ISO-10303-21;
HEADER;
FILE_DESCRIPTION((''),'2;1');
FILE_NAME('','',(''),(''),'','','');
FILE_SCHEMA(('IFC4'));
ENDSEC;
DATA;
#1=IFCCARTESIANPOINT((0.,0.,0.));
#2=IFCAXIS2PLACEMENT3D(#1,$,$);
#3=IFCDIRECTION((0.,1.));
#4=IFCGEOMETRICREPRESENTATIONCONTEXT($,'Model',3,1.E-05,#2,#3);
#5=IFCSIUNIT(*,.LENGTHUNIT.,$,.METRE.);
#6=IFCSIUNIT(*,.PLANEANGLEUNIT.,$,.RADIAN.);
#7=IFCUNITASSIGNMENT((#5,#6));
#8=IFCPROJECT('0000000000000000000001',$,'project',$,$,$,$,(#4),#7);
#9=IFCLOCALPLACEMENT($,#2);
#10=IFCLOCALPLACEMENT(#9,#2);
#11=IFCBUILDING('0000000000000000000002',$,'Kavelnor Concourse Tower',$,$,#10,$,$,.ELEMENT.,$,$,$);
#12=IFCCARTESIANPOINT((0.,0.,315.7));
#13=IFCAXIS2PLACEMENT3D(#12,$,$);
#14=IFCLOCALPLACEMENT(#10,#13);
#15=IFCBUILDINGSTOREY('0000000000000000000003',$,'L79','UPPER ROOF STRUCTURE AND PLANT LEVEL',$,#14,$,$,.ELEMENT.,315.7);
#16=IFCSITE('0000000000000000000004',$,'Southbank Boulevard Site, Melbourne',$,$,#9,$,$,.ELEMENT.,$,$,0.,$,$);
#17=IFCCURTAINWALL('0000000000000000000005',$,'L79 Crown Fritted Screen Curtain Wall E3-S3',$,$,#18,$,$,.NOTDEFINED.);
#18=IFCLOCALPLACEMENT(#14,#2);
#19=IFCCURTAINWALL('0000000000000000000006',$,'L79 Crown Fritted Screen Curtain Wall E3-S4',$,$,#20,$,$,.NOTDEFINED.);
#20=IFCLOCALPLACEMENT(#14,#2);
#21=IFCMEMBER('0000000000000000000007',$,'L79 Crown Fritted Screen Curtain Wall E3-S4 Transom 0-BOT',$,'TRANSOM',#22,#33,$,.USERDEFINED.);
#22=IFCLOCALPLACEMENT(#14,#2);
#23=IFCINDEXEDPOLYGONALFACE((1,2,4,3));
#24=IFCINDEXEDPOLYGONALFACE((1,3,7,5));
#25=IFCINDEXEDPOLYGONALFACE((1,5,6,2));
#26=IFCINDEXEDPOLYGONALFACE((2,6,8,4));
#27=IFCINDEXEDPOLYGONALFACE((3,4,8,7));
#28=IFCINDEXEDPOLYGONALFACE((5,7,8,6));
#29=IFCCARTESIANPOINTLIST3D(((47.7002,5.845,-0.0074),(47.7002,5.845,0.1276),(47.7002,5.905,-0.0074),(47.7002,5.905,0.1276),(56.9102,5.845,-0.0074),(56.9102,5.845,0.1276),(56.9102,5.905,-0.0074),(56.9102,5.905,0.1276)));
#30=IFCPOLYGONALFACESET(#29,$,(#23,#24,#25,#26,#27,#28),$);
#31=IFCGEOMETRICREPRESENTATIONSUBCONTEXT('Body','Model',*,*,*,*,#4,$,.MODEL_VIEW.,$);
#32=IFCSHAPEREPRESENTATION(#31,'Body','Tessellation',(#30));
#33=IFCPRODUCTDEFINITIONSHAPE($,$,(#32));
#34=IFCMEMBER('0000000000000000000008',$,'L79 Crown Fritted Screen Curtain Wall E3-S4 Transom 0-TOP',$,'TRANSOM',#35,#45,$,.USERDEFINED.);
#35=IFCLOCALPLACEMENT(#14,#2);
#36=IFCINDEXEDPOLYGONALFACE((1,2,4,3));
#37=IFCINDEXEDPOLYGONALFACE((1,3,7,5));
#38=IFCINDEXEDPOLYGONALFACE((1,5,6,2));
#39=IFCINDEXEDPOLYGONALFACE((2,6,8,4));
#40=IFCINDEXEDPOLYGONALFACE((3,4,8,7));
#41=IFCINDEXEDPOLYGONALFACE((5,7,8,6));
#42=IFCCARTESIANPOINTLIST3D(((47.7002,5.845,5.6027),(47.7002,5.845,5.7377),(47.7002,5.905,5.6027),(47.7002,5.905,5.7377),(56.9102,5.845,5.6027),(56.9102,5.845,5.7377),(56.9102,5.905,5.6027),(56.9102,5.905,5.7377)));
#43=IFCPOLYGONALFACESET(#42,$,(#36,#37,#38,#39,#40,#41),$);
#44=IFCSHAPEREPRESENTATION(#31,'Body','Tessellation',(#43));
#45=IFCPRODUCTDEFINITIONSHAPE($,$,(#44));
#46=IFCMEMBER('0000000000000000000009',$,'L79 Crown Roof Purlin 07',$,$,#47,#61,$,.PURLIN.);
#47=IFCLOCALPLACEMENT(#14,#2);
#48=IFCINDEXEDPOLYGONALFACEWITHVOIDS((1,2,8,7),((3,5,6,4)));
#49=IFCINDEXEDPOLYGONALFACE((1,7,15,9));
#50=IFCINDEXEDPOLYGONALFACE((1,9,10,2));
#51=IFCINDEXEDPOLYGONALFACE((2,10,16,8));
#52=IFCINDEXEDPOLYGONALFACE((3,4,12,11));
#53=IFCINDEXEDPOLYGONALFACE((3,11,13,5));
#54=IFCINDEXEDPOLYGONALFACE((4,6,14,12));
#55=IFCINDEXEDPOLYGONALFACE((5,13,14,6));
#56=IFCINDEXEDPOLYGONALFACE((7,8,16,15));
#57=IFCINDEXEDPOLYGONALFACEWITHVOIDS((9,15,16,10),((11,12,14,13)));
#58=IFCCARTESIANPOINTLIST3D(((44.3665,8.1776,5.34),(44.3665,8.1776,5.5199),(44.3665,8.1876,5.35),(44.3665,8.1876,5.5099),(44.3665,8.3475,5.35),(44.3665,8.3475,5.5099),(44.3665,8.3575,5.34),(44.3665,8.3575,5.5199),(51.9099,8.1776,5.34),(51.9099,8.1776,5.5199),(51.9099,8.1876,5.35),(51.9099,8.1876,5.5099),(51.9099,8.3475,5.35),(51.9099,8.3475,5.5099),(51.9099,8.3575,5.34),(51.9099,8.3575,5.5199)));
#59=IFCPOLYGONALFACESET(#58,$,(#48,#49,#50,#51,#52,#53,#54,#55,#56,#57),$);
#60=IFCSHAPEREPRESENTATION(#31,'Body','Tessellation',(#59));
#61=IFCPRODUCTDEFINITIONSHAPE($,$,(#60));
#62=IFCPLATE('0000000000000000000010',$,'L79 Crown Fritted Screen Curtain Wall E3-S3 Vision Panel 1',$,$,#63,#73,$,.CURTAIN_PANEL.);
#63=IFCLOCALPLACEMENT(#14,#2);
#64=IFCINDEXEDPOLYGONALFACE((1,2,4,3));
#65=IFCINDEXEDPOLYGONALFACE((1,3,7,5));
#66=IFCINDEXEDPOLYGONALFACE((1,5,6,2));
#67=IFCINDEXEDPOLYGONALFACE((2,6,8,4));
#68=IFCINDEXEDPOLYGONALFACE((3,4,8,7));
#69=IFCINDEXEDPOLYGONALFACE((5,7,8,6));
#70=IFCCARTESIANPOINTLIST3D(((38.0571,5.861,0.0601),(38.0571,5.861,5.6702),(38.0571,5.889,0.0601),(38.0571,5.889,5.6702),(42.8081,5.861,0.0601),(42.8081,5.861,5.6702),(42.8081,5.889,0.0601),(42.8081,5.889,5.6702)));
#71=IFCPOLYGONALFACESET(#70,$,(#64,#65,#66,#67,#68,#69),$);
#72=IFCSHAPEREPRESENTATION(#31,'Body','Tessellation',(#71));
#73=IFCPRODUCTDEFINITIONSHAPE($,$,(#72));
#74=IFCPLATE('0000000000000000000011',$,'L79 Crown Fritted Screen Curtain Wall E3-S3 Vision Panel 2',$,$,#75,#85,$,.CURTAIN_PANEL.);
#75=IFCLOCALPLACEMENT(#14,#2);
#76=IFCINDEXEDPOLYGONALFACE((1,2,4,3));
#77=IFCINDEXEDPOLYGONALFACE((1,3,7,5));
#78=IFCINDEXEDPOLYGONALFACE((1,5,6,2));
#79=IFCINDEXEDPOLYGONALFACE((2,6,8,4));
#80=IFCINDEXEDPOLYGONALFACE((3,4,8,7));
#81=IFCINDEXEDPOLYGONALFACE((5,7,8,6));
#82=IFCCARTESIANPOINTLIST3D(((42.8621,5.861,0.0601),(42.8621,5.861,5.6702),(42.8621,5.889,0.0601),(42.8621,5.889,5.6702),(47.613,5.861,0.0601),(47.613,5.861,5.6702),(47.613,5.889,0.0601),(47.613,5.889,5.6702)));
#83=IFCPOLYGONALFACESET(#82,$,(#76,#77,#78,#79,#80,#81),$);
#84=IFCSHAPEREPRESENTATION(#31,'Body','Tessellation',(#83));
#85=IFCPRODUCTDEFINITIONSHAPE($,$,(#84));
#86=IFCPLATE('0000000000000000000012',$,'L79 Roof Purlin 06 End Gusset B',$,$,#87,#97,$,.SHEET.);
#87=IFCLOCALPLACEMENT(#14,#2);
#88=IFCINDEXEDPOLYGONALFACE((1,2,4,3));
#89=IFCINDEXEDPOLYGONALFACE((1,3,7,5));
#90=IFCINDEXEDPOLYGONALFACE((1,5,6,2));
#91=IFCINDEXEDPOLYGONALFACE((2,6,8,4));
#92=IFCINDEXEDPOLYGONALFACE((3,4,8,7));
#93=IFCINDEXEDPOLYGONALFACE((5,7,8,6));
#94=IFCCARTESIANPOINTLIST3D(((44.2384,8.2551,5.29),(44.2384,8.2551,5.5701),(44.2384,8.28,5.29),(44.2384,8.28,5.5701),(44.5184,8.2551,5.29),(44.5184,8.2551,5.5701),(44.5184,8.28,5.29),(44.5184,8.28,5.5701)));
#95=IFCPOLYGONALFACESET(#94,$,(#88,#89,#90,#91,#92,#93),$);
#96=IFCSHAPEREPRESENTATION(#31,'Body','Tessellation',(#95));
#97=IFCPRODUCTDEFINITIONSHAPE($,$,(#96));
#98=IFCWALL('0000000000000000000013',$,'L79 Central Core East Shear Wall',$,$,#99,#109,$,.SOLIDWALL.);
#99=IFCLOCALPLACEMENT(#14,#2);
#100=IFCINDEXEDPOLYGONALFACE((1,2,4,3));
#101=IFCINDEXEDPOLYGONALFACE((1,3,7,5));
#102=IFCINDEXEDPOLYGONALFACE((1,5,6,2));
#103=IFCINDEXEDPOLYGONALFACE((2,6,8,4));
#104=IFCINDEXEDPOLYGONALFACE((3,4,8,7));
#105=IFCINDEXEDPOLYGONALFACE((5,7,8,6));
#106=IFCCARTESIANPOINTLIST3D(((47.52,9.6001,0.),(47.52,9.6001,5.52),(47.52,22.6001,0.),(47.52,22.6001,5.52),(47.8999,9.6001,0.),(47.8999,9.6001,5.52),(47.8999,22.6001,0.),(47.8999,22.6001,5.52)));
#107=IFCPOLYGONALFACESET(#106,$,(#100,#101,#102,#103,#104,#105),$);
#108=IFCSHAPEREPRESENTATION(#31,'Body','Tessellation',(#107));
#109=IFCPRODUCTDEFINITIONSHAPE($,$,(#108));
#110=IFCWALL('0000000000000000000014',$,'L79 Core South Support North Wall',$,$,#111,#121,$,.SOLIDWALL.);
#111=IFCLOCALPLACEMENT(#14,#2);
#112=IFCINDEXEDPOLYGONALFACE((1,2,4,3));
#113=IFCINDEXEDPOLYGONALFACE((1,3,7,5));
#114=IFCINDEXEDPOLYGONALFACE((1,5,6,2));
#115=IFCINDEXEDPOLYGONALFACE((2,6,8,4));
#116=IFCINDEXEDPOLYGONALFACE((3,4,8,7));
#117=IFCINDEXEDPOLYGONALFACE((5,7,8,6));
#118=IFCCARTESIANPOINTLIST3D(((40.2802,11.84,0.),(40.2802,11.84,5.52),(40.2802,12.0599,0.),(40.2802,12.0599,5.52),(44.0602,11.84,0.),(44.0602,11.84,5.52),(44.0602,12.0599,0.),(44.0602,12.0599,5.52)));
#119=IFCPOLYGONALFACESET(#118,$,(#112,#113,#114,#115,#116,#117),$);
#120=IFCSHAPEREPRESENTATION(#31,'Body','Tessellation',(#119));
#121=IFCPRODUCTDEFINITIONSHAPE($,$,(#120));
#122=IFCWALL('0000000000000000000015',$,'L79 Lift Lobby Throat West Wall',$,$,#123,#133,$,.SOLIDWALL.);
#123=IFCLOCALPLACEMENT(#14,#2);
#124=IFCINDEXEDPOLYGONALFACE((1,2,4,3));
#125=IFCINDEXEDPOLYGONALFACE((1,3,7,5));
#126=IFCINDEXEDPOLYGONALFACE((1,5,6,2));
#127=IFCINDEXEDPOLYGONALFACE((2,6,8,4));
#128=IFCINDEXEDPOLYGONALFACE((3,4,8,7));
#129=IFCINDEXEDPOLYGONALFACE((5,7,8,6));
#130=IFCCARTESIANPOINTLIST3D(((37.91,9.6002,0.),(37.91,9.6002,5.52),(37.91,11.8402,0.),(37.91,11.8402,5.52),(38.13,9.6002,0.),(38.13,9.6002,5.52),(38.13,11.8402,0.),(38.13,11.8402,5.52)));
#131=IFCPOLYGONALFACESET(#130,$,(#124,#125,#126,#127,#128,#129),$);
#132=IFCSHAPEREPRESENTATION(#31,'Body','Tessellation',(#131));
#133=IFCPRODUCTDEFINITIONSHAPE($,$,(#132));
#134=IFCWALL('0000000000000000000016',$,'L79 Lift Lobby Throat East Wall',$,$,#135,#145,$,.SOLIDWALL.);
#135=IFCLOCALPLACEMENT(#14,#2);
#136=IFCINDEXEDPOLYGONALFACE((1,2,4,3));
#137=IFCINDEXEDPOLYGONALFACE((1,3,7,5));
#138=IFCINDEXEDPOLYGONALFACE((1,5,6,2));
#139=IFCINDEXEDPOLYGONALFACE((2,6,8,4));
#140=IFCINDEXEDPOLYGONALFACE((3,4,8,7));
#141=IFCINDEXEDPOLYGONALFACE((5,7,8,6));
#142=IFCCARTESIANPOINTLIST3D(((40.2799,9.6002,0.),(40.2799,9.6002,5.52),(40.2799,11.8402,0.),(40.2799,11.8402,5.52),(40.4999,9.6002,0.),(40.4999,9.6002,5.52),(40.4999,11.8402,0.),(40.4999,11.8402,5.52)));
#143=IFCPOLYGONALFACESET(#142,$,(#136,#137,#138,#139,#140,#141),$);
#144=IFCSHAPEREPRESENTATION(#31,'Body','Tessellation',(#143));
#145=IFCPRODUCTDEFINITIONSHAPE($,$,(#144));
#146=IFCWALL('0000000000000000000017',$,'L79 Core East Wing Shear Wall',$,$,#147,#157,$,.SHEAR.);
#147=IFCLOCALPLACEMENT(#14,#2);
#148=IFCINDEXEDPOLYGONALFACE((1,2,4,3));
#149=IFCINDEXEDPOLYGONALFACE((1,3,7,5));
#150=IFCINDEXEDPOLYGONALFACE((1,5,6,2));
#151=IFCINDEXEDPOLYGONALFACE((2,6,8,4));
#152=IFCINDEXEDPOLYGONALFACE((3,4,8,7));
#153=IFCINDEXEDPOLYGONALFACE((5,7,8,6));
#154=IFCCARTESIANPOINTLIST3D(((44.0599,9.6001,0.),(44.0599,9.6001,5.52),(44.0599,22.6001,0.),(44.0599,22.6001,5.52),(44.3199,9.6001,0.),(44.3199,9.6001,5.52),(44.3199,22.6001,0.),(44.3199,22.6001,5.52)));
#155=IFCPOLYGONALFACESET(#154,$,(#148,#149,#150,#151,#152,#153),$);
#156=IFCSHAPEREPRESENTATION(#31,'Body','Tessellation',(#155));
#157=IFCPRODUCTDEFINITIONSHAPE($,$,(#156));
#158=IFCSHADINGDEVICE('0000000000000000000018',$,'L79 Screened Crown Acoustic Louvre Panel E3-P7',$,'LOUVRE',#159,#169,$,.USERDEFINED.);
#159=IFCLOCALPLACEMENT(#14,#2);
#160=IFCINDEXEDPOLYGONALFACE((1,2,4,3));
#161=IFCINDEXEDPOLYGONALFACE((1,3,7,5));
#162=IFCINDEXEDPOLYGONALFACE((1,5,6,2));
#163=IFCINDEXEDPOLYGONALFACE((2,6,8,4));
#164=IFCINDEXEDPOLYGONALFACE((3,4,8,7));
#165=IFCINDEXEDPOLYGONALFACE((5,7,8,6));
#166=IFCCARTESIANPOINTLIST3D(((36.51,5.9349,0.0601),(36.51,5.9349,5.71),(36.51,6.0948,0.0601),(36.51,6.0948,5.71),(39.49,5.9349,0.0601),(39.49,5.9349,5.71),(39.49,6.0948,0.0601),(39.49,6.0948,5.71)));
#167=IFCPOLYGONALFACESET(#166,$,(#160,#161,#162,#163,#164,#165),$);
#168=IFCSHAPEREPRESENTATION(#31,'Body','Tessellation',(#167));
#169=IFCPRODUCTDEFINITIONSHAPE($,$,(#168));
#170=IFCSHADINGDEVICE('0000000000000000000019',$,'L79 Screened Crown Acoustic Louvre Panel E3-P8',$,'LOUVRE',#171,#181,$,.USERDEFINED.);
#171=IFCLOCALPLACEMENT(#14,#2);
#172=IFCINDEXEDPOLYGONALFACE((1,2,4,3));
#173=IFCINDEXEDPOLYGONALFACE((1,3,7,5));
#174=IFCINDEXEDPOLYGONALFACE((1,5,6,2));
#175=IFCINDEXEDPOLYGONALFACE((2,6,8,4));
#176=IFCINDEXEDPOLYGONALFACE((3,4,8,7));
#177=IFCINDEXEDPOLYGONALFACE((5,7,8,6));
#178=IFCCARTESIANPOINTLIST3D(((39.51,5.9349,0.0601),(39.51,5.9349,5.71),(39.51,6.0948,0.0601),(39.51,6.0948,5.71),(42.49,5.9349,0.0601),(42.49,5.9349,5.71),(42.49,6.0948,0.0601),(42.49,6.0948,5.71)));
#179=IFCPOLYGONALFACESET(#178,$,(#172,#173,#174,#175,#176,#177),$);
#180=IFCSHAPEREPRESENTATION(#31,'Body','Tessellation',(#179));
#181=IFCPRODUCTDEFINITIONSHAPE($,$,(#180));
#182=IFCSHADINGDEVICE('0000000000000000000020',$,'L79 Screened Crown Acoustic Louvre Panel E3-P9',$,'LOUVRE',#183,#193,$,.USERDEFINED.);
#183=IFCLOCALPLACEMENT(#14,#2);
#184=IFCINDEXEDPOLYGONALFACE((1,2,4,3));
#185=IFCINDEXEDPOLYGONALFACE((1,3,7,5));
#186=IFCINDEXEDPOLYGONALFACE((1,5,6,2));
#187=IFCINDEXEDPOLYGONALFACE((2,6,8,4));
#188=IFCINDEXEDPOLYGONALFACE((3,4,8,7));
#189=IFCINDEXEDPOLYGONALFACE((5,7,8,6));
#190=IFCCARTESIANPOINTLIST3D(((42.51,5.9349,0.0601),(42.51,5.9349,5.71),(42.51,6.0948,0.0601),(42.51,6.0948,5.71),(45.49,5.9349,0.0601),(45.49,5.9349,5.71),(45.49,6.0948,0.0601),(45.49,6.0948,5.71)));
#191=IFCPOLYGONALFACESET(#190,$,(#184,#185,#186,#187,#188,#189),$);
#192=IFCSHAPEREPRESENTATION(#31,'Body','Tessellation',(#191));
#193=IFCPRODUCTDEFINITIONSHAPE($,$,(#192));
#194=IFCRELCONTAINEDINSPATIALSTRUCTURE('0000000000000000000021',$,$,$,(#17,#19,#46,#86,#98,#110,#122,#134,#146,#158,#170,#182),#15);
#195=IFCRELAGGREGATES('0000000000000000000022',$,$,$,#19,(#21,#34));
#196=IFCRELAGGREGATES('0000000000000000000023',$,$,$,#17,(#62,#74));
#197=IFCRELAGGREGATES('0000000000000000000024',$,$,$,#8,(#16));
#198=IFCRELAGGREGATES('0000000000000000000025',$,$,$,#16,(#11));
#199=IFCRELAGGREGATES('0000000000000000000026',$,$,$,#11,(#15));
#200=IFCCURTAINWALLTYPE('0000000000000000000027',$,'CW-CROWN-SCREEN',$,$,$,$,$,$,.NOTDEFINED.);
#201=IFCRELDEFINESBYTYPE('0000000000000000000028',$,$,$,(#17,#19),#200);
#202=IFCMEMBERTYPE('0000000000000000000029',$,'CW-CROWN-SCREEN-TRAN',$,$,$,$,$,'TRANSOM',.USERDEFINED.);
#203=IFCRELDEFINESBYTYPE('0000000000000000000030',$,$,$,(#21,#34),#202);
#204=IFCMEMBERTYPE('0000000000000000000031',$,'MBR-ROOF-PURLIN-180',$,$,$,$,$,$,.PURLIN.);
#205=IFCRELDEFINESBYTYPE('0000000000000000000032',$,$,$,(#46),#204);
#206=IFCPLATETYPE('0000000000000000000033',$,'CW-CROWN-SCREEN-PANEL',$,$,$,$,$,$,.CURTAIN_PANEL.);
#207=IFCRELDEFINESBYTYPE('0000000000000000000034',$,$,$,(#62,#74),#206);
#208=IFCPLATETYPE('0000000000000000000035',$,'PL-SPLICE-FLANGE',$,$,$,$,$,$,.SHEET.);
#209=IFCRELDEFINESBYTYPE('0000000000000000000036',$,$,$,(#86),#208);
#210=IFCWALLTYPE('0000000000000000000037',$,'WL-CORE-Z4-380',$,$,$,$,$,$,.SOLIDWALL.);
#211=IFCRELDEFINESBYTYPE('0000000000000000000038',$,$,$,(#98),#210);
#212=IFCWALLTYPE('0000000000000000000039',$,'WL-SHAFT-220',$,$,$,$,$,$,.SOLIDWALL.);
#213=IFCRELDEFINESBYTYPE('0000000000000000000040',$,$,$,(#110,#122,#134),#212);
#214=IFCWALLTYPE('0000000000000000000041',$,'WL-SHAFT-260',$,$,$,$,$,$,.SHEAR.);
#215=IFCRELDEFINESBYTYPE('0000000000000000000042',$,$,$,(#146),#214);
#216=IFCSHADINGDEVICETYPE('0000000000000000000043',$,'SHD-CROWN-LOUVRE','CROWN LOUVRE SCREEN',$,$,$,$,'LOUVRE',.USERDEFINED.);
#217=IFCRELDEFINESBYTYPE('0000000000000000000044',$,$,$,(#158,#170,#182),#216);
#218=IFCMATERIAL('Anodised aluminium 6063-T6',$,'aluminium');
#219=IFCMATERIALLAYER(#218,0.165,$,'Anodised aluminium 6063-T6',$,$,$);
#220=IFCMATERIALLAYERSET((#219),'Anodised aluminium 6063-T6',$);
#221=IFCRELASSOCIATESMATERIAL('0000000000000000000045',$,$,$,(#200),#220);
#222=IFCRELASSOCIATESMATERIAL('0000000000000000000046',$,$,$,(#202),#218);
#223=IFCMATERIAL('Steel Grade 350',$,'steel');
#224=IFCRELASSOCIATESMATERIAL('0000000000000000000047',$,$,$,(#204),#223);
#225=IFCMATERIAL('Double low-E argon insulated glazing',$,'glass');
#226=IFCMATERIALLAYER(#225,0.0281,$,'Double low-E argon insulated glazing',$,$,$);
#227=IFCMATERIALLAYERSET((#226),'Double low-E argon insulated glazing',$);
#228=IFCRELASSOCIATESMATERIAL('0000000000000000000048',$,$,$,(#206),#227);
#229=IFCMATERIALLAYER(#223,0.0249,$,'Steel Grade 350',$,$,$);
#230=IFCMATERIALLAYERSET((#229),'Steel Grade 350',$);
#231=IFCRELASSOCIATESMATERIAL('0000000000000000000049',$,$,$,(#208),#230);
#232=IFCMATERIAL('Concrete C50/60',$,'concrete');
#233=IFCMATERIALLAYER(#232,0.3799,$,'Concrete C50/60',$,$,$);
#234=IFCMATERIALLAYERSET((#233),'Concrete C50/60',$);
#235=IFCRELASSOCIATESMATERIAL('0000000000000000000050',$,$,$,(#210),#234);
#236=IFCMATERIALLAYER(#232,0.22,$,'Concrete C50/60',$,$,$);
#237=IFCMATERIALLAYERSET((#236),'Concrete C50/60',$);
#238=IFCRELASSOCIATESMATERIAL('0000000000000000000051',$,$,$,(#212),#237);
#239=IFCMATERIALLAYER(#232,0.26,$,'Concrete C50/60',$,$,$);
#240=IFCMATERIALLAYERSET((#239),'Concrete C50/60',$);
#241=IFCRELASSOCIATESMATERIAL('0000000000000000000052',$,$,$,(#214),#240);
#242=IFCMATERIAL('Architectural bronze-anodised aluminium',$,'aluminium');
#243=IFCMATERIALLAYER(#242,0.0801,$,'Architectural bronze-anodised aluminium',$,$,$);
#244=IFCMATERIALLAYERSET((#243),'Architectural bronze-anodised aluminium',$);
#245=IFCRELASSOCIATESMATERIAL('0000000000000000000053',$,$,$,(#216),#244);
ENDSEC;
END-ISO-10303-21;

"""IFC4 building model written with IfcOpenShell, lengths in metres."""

from ifc_helpers import new_model, si_unit, direction, frame, frame_2d, origin, origin_2d, place, context, subcontext, project, spatial, rectangle, hollow_rectangle, extrude, material, layer, layer_set, material_profile, profile_set, type_object, element, aggregate, save


model = new_model("IFC4")

# Units and contexts
model_context = context("Model", 3, precision=1e-05, world=origin(), true_north=direction((0.0, 1.0)))
body_context = subcontext(model_context, "Body", "Model", "MODEL_VIEW")
ifc_project = project(units=[si_unit("LENGTHUNIT", "METRE"), si_unit("PLANEANGLEUNIT", "RADIAN")], contexts=[model_context])

# Site, building, storey
site_placement = place(None, origin())
site = spatial("IfcSite", under=ifc_project, at=site_placement, Name="Southbank Boulevard Site, Melbourne", CompositionType="ELEMENT", RefElevation=0.0)
building_placement = place(site_placement, origin())
building = spatial("IfcBuilding", under=site, at=building_placement, Name="Kavelnor Concourse Tower", CompositionType="ELEMENT")
storey_placement = place(building_placement, frame((0.0, 0.0, 315.7)))
storey = spatial("IfcBuildingStorey", under=building, at=storey_placement, Name="L79", Description="UPPER ROOF STRUCTURE AND PLANT LEVEL", CompositionType="ELEMENT", Elevation=315.7)

# Shared definitions
ifc_material_1 = material(Name="Steel Grade 350", Category="steel")

# Curtain wall
ifc_material_2 = material(Name="Anodised aluminium 6063-T6", Category="aluminium")
ifc_layer_1 = layer(ifc_material_2, 0.165, Name="Anodised aluminium 6063-T6")
ifc_layer_set_1 = layer_set([ifc_layer_1], Name="Anodised aluminium 6063-T6")
curtain_wall_type = type_object("IfcCurtainWallType", Name="CW-CROWN-SCREEN", PredefinedType="NOTDEFINED", material=ifc_layer_set_1)
curtain_wall_1_placement = place(storey_placement, origin())
curtain_wall_1 = element("IfcCurtainWall", 1, at=curtain_wall_1_placement, inside=storey, type_object=curtain_wall_type, Name="L79 Crown Fritted Screen Curtain Wall E3-S3", PredefinedType="NOTDEFINED")

# Curtain wall
curtain_wall_2_placement = place(storey_placement, origin())
curtain_wall_2 = element("IfcCurtainWall", 2, at=curtain_wall_2_placement, inside=storey, type_object=curtain_wall_type, Name="L79 Crown Fritted Screen Curtain Wall E3-S4", PredefinedType="NOTDEFINED")

# Members
ifc_material_profile_1 = material_profile(ifc_material_2, rectangle(XDim=0.0601, YDim=0.135, at=origin_2d()), Name="AL-TRAN 60x135")
ifc_profile_set_1 = profile_set([ifc_material_profile_1], Name="Anodised aluminium 6063-T6")
member_type_1 = type_object("IfcMemberType", Name="CW-CROWN-SCREEN-TRAN", ElementType="TRANSOM", PredefinedType="USERDEFINED", material=ifc_profile_set_1)
member_1_placement = place(storey_placement, frame((47.7002, 5.875, 0.0601), z_axis=(1.0, 0.0, 0.0), x_axis=(0.0, 1.0, 0.0)))
member_1 = element("IfcMember", 3, at=member_1_placement, type_object=member_type_1, Name="L79 Crown Fritted Screen Curtain Wall E3-S4 Transom 0-BOT", ObjectType="TRANSOM", PredefinedType="USERDEFINED", context=body_context, shape_type="SweptSolid", body=[
    extrude(rectangle(XDim=0.0601, YDim=0.135, at=origin_2d()), origin(), (0.0, 0.0, 1.0), 9.21),
])
member_2_placement = place(storey_placement, frame((47.7002, 5.875, 5.6702), z_axis=(1.0, 0.0, 0.0), x_axis=(0.0, 1.0, 0.0)))
member_2 = element("IfcMember", 4, at=member_2_placement, type_object=member_type_1, Name="L79 Crown Fritted Screen Curtain Wall E3-S4 Transom 0-TOP", ObjectType="TRANSOM", PredefinedType="USERDEFINED", context=body_context, shape_type="SweptSolid", body=[
    extrude(rectangle(XDim=0.0601, YDim=0.135, at=origin_2d()), origin(), (0.0, 0.0, 1.0), 9.21),
])
aggregate(curtain_wall_2, [member_1, member_2])
ifc_material_profile_2 = material_profile(ifc_material_1, hollow_rectangle(XDim=0.1799, YDim=0.1799, WallThickness=0.01, at=origin_2d()), Name="SHS 180x180x10")
ifc_profile_set_2 = profile_set([ifc_material_profile_2], Name="Steel Grade 350")
member_type_2 = type_object("IfcMemberType", Name="MBR-ROOF-PURLIN-180", PredefinedType="PURLIN", material=ifc_profile_set_2)
member_3_placement = place(storey_placement, frame((44.3665, 8.2676, 5.4299), z_axis=(1.0, 0.0, 0.0), x_axis=(0.0, 1.0, 0.0)))
element("IfcMember", 5, at=member_3_placement, inside=storey, type_object=member_type_2, Name="L79 Crown Roof Purlin 07", PredefinedType="PURLIN", context=body_context, shape_type="SweptSolid", body=[
    extrude(hollow_rectangle(XDim=0.1799, YDim=0.1799, WallThickness=0.01, at=origin_2d()), origin(), (0.0, 0.0, 1.0), 7.5435),
])

# Plates
ifc_material_3 = material(Name="Double low-E argon insulated glazing", Category="glass")
ifc_layer_2 = layer(ifc_material_3, 0.0281, Name="Double low-E argon insulated glazing")
ifc_layer_set_2 = layer_set([ifc_layer_2], Name="Double low-E argon insulated glazing")
plate_type_1 = type_object("IfcPlateType", Name="CW-CROWN-SCREEN-PANEL", PredefinedType="CURTAIN_PANEL", material=ifc_layer_set_2)
plate_1_placement = place(storey_placement, frame((40.4326, 5.875, 0.0601), z_axis=(0.0, 0.0, 1.0), x_axis=(1.0, 0.0, 0.0)))
plate_1 = element("IfcPlate", 6, at=plate_1_placement, type_object=plate_type_1, Name="L79 Crown Fritted Screen Curtain Wall E3-S3 Vision Panel 1", PredefinedType="CURTAIN_PANEL", context=body_context, shape_type="SweptSolid", body=[
    extrude(rectangle(XDim=4.751, YDim=0.0281, at=origin_2d()), origin(), (0.0, 0.0, 1.0), 5.6101),
])
plate_2_placement = place(storey_placement, frame((45.2375, 5.875, 0.0601), z_axis=(0.0, 0.0, 1.0), x_axis=(1.0, 0.0, 0.0)))
plate_2 = element("IfcPlate", 7, at=plate_2_placement, type_object=plate_type_1, Name="L79 Crown Fritted Screen Curtain Wall E3-S3 Vision Panel 2", PredefinedType="CURTAIN_PANEL", context=body_context, shape_type="SweptSolid", body=[
    extrude(rectangle(XDim=4.751, YDim=0.0281, at=origin_2d()), origin(), (0.0, 0.0, 1.0), 5.6101),
])
aggregate(curtain_wall_1, [plate_1, plate_2])
ifc_layer_3 = layer(ifc_material_1, 0.0249, Name="Steel Grade 350")
ifc_layer_set_3 = layer_set([ifc_layer_3], Name="Steel Grade 350")
plate_type_2 = type_object("IfcPlateType", Name="PL-SPLICE-FLANGE", PredefinedType="SHEET", material=ifc_layer_set_3)
plate_3_placement = place(storey_placement, frame((44.3784, 8.2676, 5.29), z_axis=(0.0, 0.0, 1.0), x_axis=(1.0, 0.0, 0.0)))
element("IfcPlate", 8, at=plate_3_placement, inside=storey, type_object=plate_type_2, Name="L79 Roof Purlin 06 End Gusset B", PredefinedType="SHEET", context=body_context, shape_type="SweptSolid", body=[
    extrude(rectangle(XDim=0.28, YDim=0.0249, at=origin_2d()), origin(), (0.0, 0.0, 1.0), 0.28),
])

# Walls
ifc_material_4 = material(Name="Concrete C50/60", Category="concrete")
ifc_layer_4 = layer(ifc_material_4, 0.3799, Name="Concrete C50/60")
ifc_layer_set_4 = layer_set([ifc_layer_4], Name="Concrete C50/60")
wall_type_1 = type_object("IfcWallType", Name="WL-CORE-Z4-380", PredefinedType="SOLIDWALL", material=ifc_layer_set_4)
wall_1_placement = place(storey_placement, frame((47.71, 9.6001, 0.0), z_axis=(0.0, 0.0, 1.0), x_axis=(0.0, 1.0, 0.0)))
element("IfcWall", 9, at=wall_1_placement, inside=storey, type_object=wall_type_1, Name="L79 Central Core East Shear Wall", PredefinedType="SOLIDWALL", context=body_context, shape_type="SweptSolid", body=[
    extrude(rectangle(XDim=13.0, YDim=0.3799, at=frame_2d((6.5, 0.0))), origin(), (0.0, 0.0, 1.0), 5.52),
])
ifc_layer_5 = layer(ifc_material_4, 0.22, Name="Concrete C50/60")
ifc_layer_set_5 = layer_set([ifc_layer_5], Name="Concrete C50/60")
wall_type_2 = type_object("IfcWallType", Name="WL-SHAFT-220", PredefinedType="SOLIDWALL", material=ifc_layer_set_5)
wall_2_placement = place(storey_placement, frame((40.28, 11.95, 0.0), z_axis=(0.0, 0.0, 1.0), x_axis=(1.0, 0.0, 0.0)))
element("IfcWall", 10, at=wall_2_placement, inside=storey, type_object=wall_type_2, Name="L79 Core South Support North Wall", PredefinedType="SOLIDWALL", context=body_context, shape_type="SweptSolid", body=[
    extrude(rectangle(XDim=3.78, YDim=0.22, at=frame_2d((1.8901, 0.0))), origin(), (0.0, 0.0, 1.0), 5.52),
])
for number, where, z_axis, x_axis, name in (
    (11, (38.02, 9.6001, 0.0), (0.0, 0.0, 1.0), (0.0, 1.0, 0.0), "L79 Lift Lobby Throat West Wall"),
    (12, (40.3899, 9.6001, 0.0), (0.0, 0.0, 1.0), (0.0, 1.0, 0.0), "L79 Lift Lobby Throat East Wall"),
):
    element("IfcWall", number, at=place(storey_placement, frame(where, z_axis=z_axis, x_axis=x_axis)), inside=storey, type_object=wall_type_2, Name=name, PredefinedType="SOLIDWALL", context=body_context, shape_type="SweptSolid", body=[
        extrude(rectangle(XDim=2.24, YDim=0.22, at=frame_2d((1.1201, 0.0))), origin(), (0.0, 0.0, 1.0), 5.52),
    ])
ifc_layer_6 = layer(ifc_material_4, 0.26, Name="Concrete C50/60")
ifc_layer_set_6 = layer_set([ifc_layer_6], Name="Concrete C50/60")
wall_type_3 = type_object("IfcWallType", Name="WL-SHAFT-260", PredefinedType="SHEAR", material=ifc_layer_set_6)
wall_3_placement = place(storey_placement, frame((44.1899, 9.6001, 0.0), z_axis=(0.0, 0.0, 1.0), x_axis=(0.0, 1.0, 0.0)))
element("IfcWall", 13, at=wall_3_placement, inside=storey, type_object=wall_type_3, Name="L79 Core East Wing Shear Wall", PredefinedType="SHEAR", context=body_context, shape_type="SweptSolid", body=[
    extrude(rectangle(XDim=13.0, YDim=0.26, at=frame_2d((6.5, 0.0))), origin(), (0.0, 0.0, 1.0), 5.52),
])

# Shading devices
ifc_material_5 = material(Name="Architectural bronze-anodised aluminium", Category="aluminium")
ifc_layer_7 = layer(ifc_material_5, 0.0801, Name="Architectural bronze-anodised aluminium")
ifc_layer_set_7 = layer_set([ifc_layer_7], Name="Architectural bronze-anodised aluminium")
shading_device_type = type_object("IfcShadingDeviceType", Name="SHD-CROWN-LOUVRE", Description="CROWN LOUVRE SCREEN", ElementType="LOUVRE", PredefinedType="USERDEFINED", material=ifc_layer_set_7)
for number, where, z_axis, x_axis, name in (
    (14, (38.0, 6.0149, 0.0601), (0.0, 0.0, 1.0), (1.0, 0.0, 0.0), "L79 Screened Crown Acoustic Louvre Panel E3-P7"),
    (15, (41.0, 6.0149, 0.0601), (0.0, 0.0, 1.0), (1.0, 0.0, 0.0), "L79 Screened Crown Acoustic Louvre Panel E3-P8"),
    (16, (44.0, 6.0149, 0.0601), (0.0, 0.0, 1.0), (1.0, 0.0, 0.0), "L79 Screened Crown Acoustic Louvre Panel E3-P9"),
):
    element("IfcShadingDevice", number, at=place(storey_placement, frame(where, z_axis=z_axis, x_axis=x_axis)), inside=storey, type_object=shading_device_type, Name=name, ObjectType="LOUVRE", PredefinedType="USERDEFINED", context=body_context, shape_type="SweptSolid", body=[
        extrude(rectangle(XDim=2.98, YDim=0.1599, at=origin_2d()), origin(), (0.0, 0.0, 1.0), 5.6499),
    ])

save(model, "model.ifc")
